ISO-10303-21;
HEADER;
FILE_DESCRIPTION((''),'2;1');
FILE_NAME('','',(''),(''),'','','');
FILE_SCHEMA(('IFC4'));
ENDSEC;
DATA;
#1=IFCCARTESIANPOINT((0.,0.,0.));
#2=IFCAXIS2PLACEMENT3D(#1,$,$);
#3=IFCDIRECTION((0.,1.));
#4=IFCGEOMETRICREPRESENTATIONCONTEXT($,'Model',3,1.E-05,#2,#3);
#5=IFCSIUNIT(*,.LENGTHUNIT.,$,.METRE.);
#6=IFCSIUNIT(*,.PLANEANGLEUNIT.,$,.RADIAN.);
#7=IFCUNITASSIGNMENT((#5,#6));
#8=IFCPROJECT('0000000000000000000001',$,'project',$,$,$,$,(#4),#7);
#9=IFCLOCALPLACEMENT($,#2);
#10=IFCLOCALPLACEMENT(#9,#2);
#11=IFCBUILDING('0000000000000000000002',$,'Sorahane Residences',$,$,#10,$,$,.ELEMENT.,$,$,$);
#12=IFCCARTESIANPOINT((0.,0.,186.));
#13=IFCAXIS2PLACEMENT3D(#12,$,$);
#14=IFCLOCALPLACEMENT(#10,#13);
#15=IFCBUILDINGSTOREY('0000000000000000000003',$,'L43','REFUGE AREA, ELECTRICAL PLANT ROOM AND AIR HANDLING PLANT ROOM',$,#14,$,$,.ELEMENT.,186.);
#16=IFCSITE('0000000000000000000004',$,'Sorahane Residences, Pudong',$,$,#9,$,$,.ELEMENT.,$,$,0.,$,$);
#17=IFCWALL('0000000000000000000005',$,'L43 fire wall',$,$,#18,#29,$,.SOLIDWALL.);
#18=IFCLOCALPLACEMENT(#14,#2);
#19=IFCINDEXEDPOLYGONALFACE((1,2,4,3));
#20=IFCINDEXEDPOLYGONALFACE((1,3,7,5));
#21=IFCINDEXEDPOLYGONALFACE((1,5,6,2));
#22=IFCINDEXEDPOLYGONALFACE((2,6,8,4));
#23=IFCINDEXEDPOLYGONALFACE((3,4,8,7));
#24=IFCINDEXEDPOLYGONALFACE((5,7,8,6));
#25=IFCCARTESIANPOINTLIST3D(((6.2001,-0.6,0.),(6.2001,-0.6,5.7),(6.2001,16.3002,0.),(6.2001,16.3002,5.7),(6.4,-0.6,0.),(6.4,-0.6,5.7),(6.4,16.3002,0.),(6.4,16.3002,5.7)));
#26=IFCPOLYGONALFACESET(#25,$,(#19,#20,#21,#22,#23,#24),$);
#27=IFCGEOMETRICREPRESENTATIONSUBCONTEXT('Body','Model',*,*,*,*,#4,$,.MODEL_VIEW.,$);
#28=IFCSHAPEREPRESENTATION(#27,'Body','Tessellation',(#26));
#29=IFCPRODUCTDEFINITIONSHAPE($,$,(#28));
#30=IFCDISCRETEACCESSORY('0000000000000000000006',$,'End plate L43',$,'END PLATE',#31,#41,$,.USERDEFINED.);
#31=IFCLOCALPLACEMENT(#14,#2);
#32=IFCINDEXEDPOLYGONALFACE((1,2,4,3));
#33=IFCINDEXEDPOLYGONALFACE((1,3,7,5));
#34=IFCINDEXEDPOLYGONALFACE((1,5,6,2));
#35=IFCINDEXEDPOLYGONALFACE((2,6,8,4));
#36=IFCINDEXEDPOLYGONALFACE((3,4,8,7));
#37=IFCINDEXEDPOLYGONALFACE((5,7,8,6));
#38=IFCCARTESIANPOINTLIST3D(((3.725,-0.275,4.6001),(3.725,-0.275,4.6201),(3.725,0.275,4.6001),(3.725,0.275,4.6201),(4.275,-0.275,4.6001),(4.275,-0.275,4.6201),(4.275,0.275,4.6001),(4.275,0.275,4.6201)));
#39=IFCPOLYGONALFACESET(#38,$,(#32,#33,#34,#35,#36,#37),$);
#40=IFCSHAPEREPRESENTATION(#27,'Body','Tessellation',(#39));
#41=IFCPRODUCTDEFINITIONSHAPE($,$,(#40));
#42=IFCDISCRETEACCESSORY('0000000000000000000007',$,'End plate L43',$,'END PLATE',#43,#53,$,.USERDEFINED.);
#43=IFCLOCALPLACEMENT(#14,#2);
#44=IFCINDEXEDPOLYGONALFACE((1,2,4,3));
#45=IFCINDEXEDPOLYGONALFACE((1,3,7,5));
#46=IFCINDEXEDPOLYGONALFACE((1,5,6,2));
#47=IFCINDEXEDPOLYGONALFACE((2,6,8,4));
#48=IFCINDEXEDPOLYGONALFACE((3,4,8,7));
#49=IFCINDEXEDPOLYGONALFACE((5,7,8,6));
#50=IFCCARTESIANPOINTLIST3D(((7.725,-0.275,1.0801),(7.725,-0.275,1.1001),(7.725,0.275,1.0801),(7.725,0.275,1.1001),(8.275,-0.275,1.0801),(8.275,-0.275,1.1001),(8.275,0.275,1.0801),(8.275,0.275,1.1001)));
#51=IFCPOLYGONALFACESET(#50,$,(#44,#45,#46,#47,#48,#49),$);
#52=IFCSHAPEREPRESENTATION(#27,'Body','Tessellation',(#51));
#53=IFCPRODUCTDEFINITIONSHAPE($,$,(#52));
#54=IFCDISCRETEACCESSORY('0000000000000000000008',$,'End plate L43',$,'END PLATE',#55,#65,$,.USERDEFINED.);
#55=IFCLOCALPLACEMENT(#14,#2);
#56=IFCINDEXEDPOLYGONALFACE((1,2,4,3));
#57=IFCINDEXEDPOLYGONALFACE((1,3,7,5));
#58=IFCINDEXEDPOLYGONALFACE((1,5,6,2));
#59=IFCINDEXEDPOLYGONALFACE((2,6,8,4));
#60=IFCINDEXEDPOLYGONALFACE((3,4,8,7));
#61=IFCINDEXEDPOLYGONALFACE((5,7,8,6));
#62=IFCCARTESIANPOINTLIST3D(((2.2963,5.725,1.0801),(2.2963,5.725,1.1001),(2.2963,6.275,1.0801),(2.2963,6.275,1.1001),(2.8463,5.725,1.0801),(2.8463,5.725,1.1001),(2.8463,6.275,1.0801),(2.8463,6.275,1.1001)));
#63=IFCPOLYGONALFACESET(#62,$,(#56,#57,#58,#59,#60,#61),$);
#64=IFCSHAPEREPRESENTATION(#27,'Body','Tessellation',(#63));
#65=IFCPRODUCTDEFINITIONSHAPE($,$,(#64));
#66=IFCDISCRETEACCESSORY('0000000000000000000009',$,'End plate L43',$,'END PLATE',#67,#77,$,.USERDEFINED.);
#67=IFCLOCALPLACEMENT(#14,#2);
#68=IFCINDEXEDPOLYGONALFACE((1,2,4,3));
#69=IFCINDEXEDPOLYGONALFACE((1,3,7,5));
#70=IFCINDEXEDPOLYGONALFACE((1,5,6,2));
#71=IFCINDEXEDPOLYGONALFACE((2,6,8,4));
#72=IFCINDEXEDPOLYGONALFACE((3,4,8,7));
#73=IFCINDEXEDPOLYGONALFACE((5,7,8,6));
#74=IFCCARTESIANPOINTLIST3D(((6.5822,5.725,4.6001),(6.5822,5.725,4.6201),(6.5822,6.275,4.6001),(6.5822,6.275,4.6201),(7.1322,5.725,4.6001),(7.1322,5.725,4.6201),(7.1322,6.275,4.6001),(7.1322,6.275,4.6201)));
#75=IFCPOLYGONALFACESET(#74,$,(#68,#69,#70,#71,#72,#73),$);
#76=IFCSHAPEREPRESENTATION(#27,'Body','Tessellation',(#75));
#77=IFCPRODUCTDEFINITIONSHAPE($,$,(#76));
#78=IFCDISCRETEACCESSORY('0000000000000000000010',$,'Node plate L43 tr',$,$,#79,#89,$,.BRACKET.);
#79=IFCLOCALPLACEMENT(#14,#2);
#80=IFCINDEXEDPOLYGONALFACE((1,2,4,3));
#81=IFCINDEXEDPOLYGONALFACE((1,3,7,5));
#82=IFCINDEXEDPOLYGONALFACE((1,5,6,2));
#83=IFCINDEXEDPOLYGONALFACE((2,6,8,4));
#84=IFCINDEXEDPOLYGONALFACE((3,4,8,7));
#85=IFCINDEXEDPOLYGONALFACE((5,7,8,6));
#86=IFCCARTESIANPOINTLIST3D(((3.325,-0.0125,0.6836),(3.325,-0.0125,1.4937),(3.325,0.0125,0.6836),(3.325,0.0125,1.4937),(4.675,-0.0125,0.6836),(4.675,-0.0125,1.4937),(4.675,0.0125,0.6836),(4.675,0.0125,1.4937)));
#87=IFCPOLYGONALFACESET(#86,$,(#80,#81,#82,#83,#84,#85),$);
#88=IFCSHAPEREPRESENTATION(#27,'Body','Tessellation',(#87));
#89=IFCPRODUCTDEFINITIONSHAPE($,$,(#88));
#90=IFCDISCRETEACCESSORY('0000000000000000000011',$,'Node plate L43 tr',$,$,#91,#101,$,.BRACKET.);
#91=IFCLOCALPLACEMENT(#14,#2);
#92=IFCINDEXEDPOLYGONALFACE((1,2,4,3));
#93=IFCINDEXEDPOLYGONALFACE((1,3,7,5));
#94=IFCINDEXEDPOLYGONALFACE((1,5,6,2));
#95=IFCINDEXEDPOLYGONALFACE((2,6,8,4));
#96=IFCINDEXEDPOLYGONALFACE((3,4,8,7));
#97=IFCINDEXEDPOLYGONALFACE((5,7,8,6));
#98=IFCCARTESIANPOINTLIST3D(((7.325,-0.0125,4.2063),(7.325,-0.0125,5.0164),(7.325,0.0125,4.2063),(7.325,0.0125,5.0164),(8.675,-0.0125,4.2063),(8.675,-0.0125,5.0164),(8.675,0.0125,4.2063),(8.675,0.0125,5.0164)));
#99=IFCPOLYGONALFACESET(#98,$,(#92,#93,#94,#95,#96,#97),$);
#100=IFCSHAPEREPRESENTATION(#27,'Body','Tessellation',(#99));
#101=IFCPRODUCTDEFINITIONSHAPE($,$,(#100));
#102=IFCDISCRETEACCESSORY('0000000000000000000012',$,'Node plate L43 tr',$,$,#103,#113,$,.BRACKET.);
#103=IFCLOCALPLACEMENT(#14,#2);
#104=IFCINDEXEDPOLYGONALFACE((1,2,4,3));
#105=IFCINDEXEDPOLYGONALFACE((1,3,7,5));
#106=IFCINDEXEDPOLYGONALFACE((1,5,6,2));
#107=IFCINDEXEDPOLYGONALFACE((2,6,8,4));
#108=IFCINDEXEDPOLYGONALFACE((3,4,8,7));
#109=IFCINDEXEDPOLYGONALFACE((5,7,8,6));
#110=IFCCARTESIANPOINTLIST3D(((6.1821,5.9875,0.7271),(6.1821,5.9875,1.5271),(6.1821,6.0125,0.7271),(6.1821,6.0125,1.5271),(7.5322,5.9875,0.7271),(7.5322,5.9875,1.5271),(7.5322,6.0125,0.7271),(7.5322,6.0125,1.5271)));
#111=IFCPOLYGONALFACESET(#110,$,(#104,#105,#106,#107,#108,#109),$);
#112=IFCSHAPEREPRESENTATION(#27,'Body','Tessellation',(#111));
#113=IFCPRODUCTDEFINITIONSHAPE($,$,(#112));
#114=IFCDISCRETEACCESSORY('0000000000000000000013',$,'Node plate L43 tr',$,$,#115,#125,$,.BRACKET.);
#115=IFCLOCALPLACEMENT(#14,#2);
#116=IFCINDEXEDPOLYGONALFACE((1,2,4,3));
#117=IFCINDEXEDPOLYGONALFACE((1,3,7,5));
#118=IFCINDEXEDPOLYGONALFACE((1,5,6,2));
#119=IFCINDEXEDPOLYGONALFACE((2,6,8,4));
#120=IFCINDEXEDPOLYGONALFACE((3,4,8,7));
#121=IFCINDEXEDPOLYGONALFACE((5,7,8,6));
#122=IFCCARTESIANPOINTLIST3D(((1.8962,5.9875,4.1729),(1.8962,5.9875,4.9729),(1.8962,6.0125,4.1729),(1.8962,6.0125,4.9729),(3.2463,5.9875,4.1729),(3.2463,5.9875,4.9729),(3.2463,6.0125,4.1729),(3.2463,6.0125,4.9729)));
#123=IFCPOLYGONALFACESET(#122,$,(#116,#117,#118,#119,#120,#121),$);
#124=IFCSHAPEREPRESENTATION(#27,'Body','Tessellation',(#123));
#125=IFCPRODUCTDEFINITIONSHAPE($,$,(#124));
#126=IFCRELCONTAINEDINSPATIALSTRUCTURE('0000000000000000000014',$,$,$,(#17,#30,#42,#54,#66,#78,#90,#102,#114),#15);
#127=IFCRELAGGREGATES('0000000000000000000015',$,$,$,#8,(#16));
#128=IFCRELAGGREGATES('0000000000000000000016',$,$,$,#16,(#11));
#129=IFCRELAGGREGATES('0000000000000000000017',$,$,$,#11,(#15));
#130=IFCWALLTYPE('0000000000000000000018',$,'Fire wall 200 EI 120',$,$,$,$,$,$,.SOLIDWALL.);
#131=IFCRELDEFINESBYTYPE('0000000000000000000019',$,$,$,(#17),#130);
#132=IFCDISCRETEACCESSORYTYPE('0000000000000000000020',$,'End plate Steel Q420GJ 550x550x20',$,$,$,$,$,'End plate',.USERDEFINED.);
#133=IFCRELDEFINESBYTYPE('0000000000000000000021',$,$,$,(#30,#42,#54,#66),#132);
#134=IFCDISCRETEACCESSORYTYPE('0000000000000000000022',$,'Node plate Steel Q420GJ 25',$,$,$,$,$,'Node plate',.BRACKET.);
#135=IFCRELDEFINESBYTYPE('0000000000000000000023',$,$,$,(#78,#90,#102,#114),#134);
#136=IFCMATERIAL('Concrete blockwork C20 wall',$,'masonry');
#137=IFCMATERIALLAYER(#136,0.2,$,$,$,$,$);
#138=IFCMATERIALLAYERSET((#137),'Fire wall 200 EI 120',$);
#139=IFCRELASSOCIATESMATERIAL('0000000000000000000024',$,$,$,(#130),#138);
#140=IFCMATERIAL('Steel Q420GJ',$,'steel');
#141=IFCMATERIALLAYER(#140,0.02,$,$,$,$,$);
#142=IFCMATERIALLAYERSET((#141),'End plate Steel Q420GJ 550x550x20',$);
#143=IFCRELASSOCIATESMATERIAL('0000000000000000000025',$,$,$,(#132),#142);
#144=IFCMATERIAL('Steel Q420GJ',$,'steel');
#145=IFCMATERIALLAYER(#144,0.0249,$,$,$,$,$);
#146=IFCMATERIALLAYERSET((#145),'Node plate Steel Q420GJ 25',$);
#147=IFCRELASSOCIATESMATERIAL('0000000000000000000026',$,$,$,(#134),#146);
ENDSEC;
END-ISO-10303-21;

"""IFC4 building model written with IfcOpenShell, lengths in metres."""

from ifc_helpers import new_model, si_unit, direction, frame, frame_2d, origin, origin_2d, place, context, subcontext, project, spatial, rectangle, extrude, material, layer, layer_set, type_object, element, save


model = new_model("IFC4")

# Units and contexts
model_context = context("Model", 3, precision=1e-05, world=origin(), true_north=direction((0.0, 1.0)))
body_context = subcontext(model_context, "Body", "Model", "MODEL_VIEW")
ifc_project = project(units=[si_unit("LENGTHUNIT", "METRE"), si_unit("PLANEANGLEUNIT", "RADIAN")], contexts=[model_context])

# Site, building, storey
site_placement = place(None, origin())
site = spatial("IfcSite", under=ifc_project, at=site_placement, Name="Sorahane Residences, Pudong", CompositionType="ELEMENT", RefElevation=0.0)
building_placement = place(site_placement, origin())
building = spatial("IfcBuilding", under=site, at=building_placement, Name="Sorahane Residences", CompositionType="ELEMENT")
storey_placement = place(building_placement, frame((0.0, 0.0, 186.0)))
storey = spatial("IfcBuildingStorey", under=building, at=storey_placement, Name="L43", Description="REFUGE AREA, ELECTRICAL PLANT ROOM AND AIR HANDLING PLANT ROOM", CompositionType="ELEMENT", Elevation=186.0)

# Wall
ifc_material_1 = material(Name="Concrete blockwork C20 wall", Category="masonry")
ifc_layer_1 = layer(ifc_material_1, 0.2)
ifc_layer_set_1 = layer_set([ifc_layer_1], Name="Fire wall 200 EI 120")
wall_type = type_object("IfcWallType", Name="Fire wall 200 EI 120", PredefinedType="SOLIDWALL", material=ifc_layer_set_1)
wall_placement = place(storey_placement, frame((6.3, -0.6001, 0.0), z_axis=(0.0, 0.0, 1.0), x_axis=(0.0, 1.0, 0.0)))
element("IfcWall", 1, at=wall_placement, inside=storey, type_object=wall_type, Name="L43 fire wall", PredefinedType="SOLIDWALL", context=body_context, shape_type="SweptSolid", body=[
    extrude(rectangle(XDim=16.9001, YDim=0.2, at=frame_2d((8.4502, 0.0))), origin(), (0.0, 0.0, 1.0), 5.7),
])

# Discrete accessories
ifc_material_2 = material(Name="Steel Q420GJ", Category="steel")
ifc_layer_2 = layer(ifc_material_2, 0.02)
ifc_layer_set_2 = layer_set([ifc_layer_2], Name="End plate Steel Q420GJ 550x550x20")
discrete_accessory_type_1 = type_object("IfcDiscreteAccessoryType", Name="End plate Steel Q420GJ 550x550x20", ElementType="End plate", PredefinedType="USERDEFINED", material=ifc_layer_set_2)
for number, where, z_axis, x_axis, name in (
    (2, (4.0, 0.0, 4.6001), (0.0, 0.0, 1.0), (1.0, 0.0, 0.0), "End plate L43"),
    (3, (8.0, 0.0, 1.0801), (0.0, 0.0, 1.0), (1.0, 0.0, 0.0), "End plate L43"),
    (4, (2.5713, 6.0, 1.0801), (0.0, 0.0, 1.0), (1.0, 0.0, 0.0), "End plate L43"),
    (5, (6.8572, 6.0, 4.6001), (0.0, 0.0, 1.0), (1.0, 0.0, 0.0), "End plate L43"),
):
    element("IfcDiscreteAccessory", number, at=place(storey_placement, frame(where, z_axis=z_axis, x_axis=x_axis)), inside=storey, type_object=discrete_accessory_type_1, Name=name, ObjectType="END PLATE", PredefinedType="USERDEFINED", context=body_context, shape_type="SweptSolid", body=[
        extrude(rectangle(XDim=0.55, YDim=0.55, at=origin_2d()), origin(), (0.0, 0.0, 1.0), 0.02),
    ])
ifc_material_3 = material(Name="Steel Q420GJ", Category="steel")
ifc_layer_3 = layer(ifc_material_3, 0.0249)
ifc_layer_set_3 = layer_set([ifc_layer_3], Name="Node plate Steel Q420GJ 25")
discrete_accessory_type_2 = type_object("IfcDiscreteAccessoryType", Name="Node plate Steel Q420GJ 25", ElementType="Node plate", PredefinedType="BRACKET", material=ifc_layer_set_3)
for number, where, z_axis, x_axis, name in (
    (6, (4.0, 0.0, 0.6836), (0.0, 0.0, 1.0), (1.0, 0.0, 0.0), "Node plate L43 tr"),
    (7, (8.0, 0.0, 4.2063), (0.0, 0.0, 1.0), (1.0, 0.0, 0.0), "Node plate L43 tr"),
):
    element("IfcDiscreteAccessory", number, at=place(storey_placement, frame(where, z_axis=z_axis, x_axis=x_axis)), inside=storey, type_object=discrete_accessory_type_2, Name=name, PredefinedType="BRACKET", context=body_context, shape_type="SweptSolid", body=[
        extrude(rectangle(XDim=1.3501, YDim=0.0249, at=origin_2d()), origin(), (0.0, 0.0, 1.0), 0.8101),
    ])
for number, where, z_axis, x_axis, name in (
    (8, (6.8572, 6.0, 0.7271), (0.0, 0.0, 1.0), (1.0, 0.0, 0.0), "Node plate L43 tr"),
    (9, (2.5713, 6.0, 4.1729), (0.0, 0.0, 1.0), (1.0, 0.0, 0.0), "Node plate L43 tr"),
):
    element("IfcDiscreteAccessory", number, at=place(storey_placement, frame(where, z_axis=z_axis, x_axis=x_axis)), inside=storey, type_object=discrete_accessory_type_2, Name=name, PredefinedType="BRACKET", context=body_context, shape_type="SweptSolid", body=[
        extrude(rectangle(XDim=1.3501, YDim=0.0249, at=origin_2d()), origin(), (0.0, 0.0, 1.0), 0.8),
    ])

save(model, "model.ifc")
